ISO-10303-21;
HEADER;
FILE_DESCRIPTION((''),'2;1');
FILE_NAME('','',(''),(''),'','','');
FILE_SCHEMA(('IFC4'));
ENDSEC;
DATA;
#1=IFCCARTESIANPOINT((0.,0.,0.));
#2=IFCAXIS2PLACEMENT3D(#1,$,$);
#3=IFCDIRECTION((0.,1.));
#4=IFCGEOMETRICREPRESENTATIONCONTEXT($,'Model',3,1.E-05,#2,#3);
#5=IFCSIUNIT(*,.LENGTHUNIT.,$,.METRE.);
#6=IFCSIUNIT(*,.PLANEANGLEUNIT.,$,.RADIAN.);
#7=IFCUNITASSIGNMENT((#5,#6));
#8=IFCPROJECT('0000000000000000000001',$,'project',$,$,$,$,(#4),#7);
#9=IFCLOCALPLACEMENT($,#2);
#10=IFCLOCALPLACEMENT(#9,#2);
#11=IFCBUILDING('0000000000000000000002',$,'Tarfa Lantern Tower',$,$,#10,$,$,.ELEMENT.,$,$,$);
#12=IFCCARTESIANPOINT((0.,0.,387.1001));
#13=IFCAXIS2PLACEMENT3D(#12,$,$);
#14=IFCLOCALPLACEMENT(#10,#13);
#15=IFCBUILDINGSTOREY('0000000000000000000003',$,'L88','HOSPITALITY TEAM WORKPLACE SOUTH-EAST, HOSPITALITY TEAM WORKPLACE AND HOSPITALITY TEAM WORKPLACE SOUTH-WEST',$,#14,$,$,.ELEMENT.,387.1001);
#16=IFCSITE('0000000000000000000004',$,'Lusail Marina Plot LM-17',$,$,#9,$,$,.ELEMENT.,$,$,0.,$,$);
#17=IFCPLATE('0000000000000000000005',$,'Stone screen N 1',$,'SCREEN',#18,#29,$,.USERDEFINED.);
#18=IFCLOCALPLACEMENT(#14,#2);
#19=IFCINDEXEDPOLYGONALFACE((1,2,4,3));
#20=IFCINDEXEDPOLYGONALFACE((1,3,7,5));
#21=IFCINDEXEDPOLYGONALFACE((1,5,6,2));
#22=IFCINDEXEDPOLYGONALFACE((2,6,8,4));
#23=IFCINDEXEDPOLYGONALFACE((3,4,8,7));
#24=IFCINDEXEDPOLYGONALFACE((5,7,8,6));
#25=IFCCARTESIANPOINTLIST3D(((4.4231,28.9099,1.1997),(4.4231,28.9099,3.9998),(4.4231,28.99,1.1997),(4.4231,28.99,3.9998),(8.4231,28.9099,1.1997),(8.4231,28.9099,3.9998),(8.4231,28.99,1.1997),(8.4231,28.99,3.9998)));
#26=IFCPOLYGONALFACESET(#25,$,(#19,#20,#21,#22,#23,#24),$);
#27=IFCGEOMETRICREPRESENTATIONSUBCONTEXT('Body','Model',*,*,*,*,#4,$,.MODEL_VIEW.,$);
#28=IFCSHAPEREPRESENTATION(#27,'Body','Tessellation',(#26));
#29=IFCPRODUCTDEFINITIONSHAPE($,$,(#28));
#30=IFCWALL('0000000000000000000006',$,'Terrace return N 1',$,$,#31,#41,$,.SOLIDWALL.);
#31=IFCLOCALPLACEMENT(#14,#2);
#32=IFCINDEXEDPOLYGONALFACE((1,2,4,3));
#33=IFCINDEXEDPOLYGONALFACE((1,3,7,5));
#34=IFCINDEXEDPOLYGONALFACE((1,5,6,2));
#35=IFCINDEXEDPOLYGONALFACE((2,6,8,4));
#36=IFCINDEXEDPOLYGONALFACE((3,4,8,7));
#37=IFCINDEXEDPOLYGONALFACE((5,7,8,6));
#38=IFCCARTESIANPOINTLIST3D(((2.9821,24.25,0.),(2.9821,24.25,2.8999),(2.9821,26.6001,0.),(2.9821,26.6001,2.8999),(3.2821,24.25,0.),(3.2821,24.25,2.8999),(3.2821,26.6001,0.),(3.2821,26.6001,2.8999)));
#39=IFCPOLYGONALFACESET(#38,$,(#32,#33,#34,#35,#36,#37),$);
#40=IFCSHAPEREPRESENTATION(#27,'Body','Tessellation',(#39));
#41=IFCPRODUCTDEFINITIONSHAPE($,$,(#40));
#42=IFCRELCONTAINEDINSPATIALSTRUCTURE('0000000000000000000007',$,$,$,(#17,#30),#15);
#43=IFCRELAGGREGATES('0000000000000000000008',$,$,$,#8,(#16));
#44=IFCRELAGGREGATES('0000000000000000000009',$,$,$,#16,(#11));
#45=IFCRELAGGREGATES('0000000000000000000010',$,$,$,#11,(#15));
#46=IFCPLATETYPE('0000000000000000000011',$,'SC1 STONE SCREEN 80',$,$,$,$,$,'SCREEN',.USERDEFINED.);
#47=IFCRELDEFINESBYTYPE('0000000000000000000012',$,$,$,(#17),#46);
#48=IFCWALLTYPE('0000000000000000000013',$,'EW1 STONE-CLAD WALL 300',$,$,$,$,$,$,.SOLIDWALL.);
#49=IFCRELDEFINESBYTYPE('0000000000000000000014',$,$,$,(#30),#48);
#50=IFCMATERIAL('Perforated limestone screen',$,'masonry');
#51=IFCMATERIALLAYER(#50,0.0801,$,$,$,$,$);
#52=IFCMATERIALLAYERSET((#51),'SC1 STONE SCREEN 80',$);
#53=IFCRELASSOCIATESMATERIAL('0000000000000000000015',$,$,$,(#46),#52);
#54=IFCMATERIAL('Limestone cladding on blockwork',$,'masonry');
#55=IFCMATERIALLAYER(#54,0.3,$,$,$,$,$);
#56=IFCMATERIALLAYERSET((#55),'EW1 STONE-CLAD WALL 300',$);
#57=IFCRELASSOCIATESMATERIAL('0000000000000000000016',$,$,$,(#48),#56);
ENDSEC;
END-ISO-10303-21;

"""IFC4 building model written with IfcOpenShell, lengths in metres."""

from ifc_helpers import new_model, si_unit, direction, frame, frame_2d, origin, origin_2d, place, context, subcontext, project, spatial, rectangle, extrude, material, layer, layer_set, type_object, element, save


model = new_model("IFC4")

# Units and contexts
model_context = context("Model", 3, precision=1e-05, world=origin(), true_north=direction((0.0, 1.0)))
body_context = subcontext(model_context, "Body", "Model", "MODEL_VIEW")
ifc_project = project(units=[si_unit("LENGTHUNIT", "METRE"), si_unit("PLANEANGLEUNIT", "RADIAN")], contexts=[model_context])

# Site, building, storey
site_placement = place(None, origin())
site = spatial("IfcSite", under=ifc_project, at=site_placement, Name="Lusail Marina Plot LM-17", CompositionType="ELEMENT", RefElevation=0.0)
building_placement = place(site_placement, origin())
building = spatial("IfcBuilding", under=site, at=building_placement, Name="Tarfa Lantern Tower", CompositionType="ELEMENT")
storey_placement = place(building_placement, frame((0.0, 0.0, 387.1001)))
storey = spatial("IfcBuildingStorey", under=building, at=storey_placement, Name="L88", Description="HOSPITALITY TEAM WORKPLACE SOUTH-EAST, HOSPITALITY TEAM WORKPLACE AND HOSPITALITY TEAM WORKPLACE SOUTH-WEST", CompositionType="ELEMENT", Elevation=387.1001)

# Plate
ifc_material_1 = material(Name="Perforated limestone screen", Category="masonry")
ifc_layer_1 = layer(ifc_material_1, 0.0801)
ifc_layer_set_1 = layer_set([ifc_layer_1], Name="SC1 STONE SCREEN 80")
plate_type_1 = type_object("IfcPlateType", Name="SC1 STONE SCREEN 80", ElementType="SCREEN", PredefinedType="USERDEFINED", material=ifc_layer_set_1)
plate_1_placement = place(storey_placement, frame((6.4231, 28.95, 1.1997), z_axis=(0.0, 0.0, 1.0), x_axis=(-1.0, 0.0, 0.0)))
element("IfcPlate", 1, at=plate_1_placement, inside=storey, type_object=plate_type_1, Name="Stone screen N 1", ObjectType="SCREEN", PredefinedType="USERDEFINED", context=body_context, shape_type="SweptSolid", body=[
    extrude(rectangle(XDim=4.0, YDim=0.0801, at=origin_2d()), origin(), (0.0, 0.0, 1.0), 2.8),
])

# Shared definitions
ifc_material_2 = material(Name="Limestone cladding on blockwork", Category="masonry")
ifc_layer_2 = layer(ifc_material_2, 0.3)
ifc_layer_set_2 = layer_set([ifc_layer_2], Name="EW1 STONE-CLAD WALL 300")
wall_type = type_object("IfcWallType", Name="EW1 STONE-CLAD WALL 300", PredefinedType="SOLIDWALL", material=ifc_layer_set_2)

# Wall
wall_1_placement = place(storey_placement, frame((3.1321, 26.6001, 0.0), z_axis=(0.0, 0.0, 1.0), x_axis=(0.0, -1.0, 0.0)))
element("IfcWall", 2, at=wall_1_placement, inside=storey, type_object=wall_type, Name="Terrace return N 1", PredefinedType="SOLIDWALL", context=body_context, shape_type="SweptSolid", body=[
    extrude(rectangle(XDim=2.3501, YDim=0.3, at=frame_2d((1.175, 0.0))), origin(), (0.0, 0.0, 1.0), 2.8999),
])

save(model, "model.ifc")
